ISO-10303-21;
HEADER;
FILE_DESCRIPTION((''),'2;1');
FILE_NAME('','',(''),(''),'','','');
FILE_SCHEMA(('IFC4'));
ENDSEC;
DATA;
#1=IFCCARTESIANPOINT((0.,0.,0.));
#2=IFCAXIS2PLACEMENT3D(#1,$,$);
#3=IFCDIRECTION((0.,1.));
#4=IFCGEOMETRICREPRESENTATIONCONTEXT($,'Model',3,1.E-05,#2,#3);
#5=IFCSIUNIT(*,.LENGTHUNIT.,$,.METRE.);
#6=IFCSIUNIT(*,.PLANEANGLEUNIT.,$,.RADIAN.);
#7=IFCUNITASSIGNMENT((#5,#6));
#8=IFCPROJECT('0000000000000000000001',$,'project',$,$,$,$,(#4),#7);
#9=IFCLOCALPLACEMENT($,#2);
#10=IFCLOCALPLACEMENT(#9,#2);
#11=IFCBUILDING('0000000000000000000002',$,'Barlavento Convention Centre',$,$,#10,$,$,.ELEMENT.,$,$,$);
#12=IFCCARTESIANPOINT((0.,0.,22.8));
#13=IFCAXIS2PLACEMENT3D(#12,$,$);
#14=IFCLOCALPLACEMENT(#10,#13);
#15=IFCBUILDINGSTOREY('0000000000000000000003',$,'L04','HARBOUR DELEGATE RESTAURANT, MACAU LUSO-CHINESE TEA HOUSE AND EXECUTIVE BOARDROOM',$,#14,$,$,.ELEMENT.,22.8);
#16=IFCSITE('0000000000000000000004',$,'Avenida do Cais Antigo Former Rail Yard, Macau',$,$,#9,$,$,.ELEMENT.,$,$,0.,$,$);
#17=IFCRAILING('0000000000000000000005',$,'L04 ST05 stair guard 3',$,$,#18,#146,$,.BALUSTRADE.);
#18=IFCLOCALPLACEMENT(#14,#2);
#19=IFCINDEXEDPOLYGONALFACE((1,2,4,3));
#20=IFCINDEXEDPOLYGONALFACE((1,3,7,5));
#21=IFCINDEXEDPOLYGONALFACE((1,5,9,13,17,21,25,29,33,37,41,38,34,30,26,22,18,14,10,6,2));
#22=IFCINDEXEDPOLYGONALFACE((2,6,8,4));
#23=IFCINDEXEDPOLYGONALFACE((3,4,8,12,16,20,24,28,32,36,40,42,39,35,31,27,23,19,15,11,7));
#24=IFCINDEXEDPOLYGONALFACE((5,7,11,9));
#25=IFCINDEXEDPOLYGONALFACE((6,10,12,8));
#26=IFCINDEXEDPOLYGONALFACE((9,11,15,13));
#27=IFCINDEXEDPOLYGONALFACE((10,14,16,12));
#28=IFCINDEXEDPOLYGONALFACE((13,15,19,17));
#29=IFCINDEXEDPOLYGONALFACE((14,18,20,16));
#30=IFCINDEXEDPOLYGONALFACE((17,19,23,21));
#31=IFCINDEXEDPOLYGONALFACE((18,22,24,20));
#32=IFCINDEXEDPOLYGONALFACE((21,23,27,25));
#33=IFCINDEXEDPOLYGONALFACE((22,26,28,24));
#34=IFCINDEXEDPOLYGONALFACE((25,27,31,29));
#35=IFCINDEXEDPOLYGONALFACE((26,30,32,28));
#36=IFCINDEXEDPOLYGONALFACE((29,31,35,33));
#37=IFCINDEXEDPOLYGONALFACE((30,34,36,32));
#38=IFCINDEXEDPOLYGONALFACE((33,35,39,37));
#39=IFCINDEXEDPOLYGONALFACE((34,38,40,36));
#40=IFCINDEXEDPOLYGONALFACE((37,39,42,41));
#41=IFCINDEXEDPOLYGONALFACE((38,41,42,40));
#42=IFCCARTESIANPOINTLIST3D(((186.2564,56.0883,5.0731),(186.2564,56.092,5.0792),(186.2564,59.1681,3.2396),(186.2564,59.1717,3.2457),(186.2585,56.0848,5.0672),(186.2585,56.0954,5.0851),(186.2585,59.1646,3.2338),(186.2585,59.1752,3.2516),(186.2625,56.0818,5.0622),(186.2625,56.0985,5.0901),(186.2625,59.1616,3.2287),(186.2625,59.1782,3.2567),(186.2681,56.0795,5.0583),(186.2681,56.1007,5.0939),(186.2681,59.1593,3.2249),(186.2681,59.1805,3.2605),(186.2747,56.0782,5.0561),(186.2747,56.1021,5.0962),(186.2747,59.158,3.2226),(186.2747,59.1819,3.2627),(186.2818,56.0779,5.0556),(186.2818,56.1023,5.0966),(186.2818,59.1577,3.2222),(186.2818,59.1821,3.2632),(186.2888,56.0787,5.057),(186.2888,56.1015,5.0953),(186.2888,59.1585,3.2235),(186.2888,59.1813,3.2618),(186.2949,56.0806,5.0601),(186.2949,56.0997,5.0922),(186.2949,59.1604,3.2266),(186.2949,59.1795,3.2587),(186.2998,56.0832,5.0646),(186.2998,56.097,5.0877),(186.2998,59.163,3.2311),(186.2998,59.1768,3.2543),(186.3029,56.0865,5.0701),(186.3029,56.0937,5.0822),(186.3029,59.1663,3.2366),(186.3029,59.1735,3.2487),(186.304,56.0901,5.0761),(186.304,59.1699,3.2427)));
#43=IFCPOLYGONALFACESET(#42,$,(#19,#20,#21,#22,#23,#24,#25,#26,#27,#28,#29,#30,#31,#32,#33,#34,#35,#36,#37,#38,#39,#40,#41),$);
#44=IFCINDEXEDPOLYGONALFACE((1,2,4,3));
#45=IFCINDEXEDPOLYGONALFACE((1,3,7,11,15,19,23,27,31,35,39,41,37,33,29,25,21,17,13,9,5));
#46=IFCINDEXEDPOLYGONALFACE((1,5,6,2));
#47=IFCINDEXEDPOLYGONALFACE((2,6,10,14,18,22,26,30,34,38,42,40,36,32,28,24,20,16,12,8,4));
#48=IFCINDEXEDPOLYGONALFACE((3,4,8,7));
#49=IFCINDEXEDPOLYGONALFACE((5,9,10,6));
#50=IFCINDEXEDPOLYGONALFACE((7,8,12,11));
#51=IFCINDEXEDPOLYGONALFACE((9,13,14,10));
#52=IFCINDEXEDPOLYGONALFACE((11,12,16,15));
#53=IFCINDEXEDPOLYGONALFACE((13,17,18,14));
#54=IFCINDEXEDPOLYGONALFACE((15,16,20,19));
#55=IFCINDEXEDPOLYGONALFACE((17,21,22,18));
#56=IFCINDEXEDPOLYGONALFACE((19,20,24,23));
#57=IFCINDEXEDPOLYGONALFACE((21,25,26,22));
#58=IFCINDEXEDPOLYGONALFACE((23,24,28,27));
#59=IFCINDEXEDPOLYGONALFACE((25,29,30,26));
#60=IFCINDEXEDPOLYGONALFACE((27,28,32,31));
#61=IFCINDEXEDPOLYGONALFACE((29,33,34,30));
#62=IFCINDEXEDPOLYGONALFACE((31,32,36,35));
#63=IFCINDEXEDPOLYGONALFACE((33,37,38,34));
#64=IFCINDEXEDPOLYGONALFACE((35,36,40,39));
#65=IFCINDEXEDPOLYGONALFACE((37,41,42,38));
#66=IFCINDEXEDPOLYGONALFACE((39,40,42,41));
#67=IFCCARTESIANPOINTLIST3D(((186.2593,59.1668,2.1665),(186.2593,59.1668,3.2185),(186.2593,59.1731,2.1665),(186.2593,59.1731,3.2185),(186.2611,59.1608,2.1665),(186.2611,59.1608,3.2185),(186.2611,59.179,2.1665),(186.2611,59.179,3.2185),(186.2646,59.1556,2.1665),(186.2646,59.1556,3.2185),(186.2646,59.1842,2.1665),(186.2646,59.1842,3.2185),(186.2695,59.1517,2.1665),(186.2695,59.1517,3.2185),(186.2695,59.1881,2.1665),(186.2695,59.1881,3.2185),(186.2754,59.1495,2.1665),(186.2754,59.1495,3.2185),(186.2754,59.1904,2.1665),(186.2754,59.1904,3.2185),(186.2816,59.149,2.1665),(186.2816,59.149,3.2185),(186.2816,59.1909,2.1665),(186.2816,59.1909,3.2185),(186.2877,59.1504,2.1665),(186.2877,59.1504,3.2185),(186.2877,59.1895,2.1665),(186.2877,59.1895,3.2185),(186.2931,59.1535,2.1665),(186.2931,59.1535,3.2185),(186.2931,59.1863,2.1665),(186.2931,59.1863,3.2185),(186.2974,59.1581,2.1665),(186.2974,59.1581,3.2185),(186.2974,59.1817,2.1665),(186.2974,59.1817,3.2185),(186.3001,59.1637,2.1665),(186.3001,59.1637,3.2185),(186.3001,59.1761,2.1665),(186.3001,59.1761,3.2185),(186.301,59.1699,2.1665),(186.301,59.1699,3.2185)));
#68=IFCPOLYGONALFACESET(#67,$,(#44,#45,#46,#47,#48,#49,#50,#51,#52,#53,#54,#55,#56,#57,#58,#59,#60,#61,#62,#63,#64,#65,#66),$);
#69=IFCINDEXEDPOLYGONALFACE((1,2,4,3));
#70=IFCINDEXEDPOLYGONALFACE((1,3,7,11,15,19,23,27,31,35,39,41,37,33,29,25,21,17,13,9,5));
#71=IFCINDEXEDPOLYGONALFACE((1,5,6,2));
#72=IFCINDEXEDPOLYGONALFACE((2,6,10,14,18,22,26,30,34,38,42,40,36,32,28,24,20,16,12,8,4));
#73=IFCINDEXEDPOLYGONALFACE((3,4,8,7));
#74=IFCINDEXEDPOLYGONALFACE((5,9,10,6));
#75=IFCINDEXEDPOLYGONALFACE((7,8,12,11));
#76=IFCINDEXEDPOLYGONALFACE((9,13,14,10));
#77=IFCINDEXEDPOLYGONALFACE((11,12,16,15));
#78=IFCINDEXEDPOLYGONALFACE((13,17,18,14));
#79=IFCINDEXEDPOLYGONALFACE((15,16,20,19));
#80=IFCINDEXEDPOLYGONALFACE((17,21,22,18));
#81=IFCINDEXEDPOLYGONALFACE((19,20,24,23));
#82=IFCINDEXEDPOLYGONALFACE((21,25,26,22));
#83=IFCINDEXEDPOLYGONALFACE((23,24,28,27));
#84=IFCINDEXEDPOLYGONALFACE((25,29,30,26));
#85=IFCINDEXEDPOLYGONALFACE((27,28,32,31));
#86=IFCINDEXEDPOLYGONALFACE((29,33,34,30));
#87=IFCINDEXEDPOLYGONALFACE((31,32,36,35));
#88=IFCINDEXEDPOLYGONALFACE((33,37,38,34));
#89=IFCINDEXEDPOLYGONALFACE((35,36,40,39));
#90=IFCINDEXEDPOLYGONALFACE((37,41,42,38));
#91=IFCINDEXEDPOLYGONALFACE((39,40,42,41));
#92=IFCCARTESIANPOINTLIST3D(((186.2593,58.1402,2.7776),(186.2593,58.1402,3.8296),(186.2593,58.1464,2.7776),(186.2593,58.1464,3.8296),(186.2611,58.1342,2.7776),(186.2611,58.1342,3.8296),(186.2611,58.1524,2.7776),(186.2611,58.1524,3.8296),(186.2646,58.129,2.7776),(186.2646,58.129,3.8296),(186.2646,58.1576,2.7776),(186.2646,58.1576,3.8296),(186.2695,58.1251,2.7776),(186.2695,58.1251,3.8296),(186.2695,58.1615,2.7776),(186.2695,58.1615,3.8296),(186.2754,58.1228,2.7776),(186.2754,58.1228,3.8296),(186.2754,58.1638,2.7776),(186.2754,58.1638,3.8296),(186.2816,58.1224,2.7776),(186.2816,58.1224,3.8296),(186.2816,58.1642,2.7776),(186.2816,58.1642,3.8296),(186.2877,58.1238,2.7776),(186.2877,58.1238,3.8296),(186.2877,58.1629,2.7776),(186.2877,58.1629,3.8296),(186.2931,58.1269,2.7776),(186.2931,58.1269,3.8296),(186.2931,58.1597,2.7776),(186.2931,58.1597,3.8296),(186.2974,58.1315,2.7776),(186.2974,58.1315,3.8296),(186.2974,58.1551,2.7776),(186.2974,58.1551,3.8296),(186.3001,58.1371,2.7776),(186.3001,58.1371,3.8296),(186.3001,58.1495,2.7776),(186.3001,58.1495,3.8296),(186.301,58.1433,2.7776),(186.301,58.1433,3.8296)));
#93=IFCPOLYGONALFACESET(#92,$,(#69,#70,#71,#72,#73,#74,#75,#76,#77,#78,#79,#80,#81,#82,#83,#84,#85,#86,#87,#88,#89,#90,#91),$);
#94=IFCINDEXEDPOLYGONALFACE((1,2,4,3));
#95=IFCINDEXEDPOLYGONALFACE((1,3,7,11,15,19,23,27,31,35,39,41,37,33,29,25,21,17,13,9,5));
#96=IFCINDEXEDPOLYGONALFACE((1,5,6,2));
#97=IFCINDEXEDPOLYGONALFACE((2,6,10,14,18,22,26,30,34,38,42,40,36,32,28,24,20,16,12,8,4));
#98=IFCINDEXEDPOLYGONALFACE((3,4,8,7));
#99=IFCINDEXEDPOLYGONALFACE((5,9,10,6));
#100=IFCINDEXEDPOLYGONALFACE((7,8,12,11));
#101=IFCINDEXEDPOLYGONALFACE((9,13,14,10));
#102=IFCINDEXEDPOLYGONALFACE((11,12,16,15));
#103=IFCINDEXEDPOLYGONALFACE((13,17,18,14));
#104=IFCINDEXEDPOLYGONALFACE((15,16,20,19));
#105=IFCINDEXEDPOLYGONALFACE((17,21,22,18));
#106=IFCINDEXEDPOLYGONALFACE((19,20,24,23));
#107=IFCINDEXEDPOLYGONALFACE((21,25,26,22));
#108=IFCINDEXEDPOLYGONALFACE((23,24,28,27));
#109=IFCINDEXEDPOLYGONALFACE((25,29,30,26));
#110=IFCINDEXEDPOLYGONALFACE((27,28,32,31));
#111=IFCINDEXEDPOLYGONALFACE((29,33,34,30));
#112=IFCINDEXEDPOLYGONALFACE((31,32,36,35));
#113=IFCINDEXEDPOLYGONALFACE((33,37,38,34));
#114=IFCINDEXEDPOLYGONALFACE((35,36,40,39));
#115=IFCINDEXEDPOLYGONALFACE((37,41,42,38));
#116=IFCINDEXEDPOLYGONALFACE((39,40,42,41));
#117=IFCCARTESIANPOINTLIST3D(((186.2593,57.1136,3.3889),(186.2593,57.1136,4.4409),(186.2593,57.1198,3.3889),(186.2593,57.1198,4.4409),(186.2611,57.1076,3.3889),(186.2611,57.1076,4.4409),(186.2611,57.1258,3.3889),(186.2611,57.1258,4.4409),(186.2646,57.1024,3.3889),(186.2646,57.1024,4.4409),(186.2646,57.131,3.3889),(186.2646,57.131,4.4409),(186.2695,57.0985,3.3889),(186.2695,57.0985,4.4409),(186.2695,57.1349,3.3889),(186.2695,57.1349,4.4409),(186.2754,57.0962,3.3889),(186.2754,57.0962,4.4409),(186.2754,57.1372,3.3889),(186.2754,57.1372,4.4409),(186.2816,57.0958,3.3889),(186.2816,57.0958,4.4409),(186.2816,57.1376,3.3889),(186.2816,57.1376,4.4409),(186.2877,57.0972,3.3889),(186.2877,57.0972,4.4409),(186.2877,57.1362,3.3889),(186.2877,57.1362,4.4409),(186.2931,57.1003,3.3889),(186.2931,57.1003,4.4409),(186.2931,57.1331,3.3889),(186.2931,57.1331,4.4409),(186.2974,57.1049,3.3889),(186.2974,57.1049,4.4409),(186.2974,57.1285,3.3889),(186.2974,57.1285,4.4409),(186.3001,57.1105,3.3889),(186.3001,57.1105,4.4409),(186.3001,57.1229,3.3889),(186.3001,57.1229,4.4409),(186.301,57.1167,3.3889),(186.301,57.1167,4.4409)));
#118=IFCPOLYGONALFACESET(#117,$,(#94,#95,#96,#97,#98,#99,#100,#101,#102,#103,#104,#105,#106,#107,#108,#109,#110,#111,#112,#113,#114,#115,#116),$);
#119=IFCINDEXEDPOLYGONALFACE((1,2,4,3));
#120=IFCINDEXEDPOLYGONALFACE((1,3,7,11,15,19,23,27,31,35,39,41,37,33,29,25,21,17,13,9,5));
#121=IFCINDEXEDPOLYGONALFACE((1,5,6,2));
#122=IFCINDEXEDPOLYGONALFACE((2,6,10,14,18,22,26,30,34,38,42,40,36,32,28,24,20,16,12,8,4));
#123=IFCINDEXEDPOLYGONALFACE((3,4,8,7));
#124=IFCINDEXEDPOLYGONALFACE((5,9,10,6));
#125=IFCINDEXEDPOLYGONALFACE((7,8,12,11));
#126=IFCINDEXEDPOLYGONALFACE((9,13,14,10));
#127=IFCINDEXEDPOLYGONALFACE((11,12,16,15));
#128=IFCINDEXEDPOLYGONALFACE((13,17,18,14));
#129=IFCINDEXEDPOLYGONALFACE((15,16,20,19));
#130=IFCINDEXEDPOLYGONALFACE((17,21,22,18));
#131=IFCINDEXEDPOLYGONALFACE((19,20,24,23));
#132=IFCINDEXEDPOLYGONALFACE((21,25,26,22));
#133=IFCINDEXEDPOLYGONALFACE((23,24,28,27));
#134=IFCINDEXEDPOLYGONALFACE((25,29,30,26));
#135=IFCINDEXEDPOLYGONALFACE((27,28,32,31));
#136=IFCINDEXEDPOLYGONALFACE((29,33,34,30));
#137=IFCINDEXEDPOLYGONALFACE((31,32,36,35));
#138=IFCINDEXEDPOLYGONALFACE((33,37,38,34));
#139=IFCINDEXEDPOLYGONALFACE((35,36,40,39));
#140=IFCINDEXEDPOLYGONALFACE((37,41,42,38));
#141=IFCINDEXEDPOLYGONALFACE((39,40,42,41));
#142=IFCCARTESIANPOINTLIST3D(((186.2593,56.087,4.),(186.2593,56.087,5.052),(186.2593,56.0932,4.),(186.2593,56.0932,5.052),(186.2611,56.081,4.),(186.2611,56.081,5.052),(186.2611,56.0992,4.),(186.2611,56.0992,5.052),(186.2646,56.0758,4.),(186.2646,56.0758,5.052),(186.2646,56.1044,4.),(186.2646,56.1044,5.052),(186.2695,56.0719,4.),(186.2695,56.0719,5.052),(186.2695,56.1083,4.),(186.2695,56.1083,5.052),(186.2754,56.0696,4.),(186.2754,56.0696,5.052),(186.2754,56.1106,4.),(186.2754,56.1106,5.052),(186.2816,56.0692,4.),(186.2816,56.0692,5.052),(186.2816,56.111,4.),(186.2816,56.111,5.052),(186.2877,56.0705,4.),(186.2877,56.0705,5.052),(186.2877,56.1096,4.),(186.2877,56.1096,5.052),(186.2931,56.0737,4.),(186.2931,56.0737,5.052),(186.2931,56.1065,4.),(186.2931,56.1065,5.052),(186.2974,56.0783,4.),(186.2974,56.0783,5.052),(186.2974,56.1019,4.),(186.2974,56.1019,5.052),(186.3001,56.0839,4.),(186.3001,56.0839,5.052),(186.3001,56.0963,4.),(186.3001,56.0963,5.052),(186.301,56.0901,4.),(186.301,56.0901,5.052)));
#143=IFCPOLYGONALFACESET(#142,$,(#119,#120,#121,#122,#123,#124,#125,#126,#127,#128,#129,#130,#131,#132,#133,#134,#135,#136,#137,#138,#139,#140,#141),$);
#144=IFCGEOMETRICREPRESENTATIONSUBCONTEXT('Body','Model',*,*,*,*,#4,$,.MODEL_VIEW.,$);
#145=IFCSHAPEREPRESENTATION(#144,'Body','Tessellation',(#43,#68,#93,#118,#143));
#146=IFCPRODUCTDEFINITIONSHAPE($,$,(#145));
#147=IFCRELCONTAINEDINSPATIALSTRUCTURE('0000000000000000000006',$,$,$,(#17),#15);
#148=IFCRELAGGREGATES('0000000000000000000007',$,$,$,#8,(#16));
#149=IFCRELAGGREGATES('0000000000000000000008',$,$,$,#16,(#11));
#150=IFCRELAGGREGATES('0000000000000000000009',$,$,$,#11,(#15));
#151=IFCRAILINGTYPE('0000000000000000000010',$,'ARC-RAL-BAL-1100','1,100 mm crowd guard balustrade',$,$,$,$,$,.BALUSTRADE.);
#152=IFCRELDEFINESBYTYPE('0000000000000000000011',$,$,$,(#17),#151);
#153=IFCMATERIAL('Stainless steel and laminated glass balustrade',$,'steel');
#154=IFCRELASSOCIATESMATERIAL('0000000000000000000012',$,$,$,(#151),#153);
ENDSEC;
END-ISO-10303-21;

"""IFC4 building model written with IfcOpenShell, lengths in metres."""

from ifc_helpers import new_model, si_unit, direction, frame, origin, origin_2d, place, context, subcontext, project, spatial, circle, extrude, material, type_object, element, save


model = new_model("IFC4")

# Units and contexts
model_context = context("Model", 3, precision=1e-05, world=origin(), true_north=direction((0.0, 1.0)))
body_context = subcontext(model_context, "Body", "Model", "MODEL_VIEW")
ifc_project = project(units=[si_unit("LENGTHUNIT", "METRE"), si_unit("PLANEANGLEUNIT", "RADIAN")], contexts=[model_context])

# Site, building, storey
site_placement = place(None, origin())
site = spatial("IfcSite", under=ifc_project, at=site_placement, Name="Avenida do Cais Antigo Former Rail Yard, Macau", CompositionType="ELEMENT", RefElevation=0.0)
building_placement = place(site_placement, origin())
building = spatial("IfcBuilding", under=site, at=building_placement, Name="Barlavento Convention Centre", CompositionType="ELEMENT")
storey_placement = place(building_placement, frame((0.0, 0.0, 22.8)))
storey = spatial("IfcBuildingStorey", under=building, at=storey_placement, Name="L04", Description="HARBOUR DELEGATE RESTAURANT, MACAU LUSO-CHINESE TEA HOUSE AND EXECUTIVE BOARDROOM", CompositionType="ELEMENT", Elevation=22.8)

# Railing
ifc_material_1 = material(Name="Stainless steel and laminated glass balustrade", Category="steel")
railing_type_1 = type_object("IfcRailingType", Name="ARC-RAL-BAL-1100", Description="1,100 mm crowd guard balustrade", PredefinedType="BALUSTRADE", material=ifc_material_1)
railing_1_placement = place(storey_placement, frame((186.28, 59.1699, 2.1665)))
element("IfcRailing", 1, at=railing_1_placement, inside=storey, type_object=railing_type_1, Name="L04 ST05 stair guard 3", PredefinedType="BALUSTRADE", context=body_context, shape_type="SweptSolid", body=[
    extrude(circle(Radius=0.0239, at=origin_2d()), frame((0.0, 0.0, 1.0762), z_axis=(0.0, -0.859261, 0.511538), x_axis=(1.0, 0.0, 0.0)), (0.0, 0.0, 1.0), 3.5842),
    extrude(circle(Radius=0.021, at=origin_2d()), origin(), (0.0, 0.0, 1.0), 1.052),
    extrude(circle(Radius=0.021, at=origin_2d()), frame((0.0, -1.0266, 0.6111)), (0.0, 0.0, 1.0), 1.052),
    extrude(circle(Radius=0.021, at=origin_2d()), frame((0.0, -2.0532, 1.2224)), (0.0, 0.0, 1.0), 1.052),
    extrude(circle(Radius=0.021, at=origin_2d()), frame((0.0, -3.0798, 1.8335)), (0.0, 0.0, 1.0), 1.052),
])

save(model, "model.ifc")
